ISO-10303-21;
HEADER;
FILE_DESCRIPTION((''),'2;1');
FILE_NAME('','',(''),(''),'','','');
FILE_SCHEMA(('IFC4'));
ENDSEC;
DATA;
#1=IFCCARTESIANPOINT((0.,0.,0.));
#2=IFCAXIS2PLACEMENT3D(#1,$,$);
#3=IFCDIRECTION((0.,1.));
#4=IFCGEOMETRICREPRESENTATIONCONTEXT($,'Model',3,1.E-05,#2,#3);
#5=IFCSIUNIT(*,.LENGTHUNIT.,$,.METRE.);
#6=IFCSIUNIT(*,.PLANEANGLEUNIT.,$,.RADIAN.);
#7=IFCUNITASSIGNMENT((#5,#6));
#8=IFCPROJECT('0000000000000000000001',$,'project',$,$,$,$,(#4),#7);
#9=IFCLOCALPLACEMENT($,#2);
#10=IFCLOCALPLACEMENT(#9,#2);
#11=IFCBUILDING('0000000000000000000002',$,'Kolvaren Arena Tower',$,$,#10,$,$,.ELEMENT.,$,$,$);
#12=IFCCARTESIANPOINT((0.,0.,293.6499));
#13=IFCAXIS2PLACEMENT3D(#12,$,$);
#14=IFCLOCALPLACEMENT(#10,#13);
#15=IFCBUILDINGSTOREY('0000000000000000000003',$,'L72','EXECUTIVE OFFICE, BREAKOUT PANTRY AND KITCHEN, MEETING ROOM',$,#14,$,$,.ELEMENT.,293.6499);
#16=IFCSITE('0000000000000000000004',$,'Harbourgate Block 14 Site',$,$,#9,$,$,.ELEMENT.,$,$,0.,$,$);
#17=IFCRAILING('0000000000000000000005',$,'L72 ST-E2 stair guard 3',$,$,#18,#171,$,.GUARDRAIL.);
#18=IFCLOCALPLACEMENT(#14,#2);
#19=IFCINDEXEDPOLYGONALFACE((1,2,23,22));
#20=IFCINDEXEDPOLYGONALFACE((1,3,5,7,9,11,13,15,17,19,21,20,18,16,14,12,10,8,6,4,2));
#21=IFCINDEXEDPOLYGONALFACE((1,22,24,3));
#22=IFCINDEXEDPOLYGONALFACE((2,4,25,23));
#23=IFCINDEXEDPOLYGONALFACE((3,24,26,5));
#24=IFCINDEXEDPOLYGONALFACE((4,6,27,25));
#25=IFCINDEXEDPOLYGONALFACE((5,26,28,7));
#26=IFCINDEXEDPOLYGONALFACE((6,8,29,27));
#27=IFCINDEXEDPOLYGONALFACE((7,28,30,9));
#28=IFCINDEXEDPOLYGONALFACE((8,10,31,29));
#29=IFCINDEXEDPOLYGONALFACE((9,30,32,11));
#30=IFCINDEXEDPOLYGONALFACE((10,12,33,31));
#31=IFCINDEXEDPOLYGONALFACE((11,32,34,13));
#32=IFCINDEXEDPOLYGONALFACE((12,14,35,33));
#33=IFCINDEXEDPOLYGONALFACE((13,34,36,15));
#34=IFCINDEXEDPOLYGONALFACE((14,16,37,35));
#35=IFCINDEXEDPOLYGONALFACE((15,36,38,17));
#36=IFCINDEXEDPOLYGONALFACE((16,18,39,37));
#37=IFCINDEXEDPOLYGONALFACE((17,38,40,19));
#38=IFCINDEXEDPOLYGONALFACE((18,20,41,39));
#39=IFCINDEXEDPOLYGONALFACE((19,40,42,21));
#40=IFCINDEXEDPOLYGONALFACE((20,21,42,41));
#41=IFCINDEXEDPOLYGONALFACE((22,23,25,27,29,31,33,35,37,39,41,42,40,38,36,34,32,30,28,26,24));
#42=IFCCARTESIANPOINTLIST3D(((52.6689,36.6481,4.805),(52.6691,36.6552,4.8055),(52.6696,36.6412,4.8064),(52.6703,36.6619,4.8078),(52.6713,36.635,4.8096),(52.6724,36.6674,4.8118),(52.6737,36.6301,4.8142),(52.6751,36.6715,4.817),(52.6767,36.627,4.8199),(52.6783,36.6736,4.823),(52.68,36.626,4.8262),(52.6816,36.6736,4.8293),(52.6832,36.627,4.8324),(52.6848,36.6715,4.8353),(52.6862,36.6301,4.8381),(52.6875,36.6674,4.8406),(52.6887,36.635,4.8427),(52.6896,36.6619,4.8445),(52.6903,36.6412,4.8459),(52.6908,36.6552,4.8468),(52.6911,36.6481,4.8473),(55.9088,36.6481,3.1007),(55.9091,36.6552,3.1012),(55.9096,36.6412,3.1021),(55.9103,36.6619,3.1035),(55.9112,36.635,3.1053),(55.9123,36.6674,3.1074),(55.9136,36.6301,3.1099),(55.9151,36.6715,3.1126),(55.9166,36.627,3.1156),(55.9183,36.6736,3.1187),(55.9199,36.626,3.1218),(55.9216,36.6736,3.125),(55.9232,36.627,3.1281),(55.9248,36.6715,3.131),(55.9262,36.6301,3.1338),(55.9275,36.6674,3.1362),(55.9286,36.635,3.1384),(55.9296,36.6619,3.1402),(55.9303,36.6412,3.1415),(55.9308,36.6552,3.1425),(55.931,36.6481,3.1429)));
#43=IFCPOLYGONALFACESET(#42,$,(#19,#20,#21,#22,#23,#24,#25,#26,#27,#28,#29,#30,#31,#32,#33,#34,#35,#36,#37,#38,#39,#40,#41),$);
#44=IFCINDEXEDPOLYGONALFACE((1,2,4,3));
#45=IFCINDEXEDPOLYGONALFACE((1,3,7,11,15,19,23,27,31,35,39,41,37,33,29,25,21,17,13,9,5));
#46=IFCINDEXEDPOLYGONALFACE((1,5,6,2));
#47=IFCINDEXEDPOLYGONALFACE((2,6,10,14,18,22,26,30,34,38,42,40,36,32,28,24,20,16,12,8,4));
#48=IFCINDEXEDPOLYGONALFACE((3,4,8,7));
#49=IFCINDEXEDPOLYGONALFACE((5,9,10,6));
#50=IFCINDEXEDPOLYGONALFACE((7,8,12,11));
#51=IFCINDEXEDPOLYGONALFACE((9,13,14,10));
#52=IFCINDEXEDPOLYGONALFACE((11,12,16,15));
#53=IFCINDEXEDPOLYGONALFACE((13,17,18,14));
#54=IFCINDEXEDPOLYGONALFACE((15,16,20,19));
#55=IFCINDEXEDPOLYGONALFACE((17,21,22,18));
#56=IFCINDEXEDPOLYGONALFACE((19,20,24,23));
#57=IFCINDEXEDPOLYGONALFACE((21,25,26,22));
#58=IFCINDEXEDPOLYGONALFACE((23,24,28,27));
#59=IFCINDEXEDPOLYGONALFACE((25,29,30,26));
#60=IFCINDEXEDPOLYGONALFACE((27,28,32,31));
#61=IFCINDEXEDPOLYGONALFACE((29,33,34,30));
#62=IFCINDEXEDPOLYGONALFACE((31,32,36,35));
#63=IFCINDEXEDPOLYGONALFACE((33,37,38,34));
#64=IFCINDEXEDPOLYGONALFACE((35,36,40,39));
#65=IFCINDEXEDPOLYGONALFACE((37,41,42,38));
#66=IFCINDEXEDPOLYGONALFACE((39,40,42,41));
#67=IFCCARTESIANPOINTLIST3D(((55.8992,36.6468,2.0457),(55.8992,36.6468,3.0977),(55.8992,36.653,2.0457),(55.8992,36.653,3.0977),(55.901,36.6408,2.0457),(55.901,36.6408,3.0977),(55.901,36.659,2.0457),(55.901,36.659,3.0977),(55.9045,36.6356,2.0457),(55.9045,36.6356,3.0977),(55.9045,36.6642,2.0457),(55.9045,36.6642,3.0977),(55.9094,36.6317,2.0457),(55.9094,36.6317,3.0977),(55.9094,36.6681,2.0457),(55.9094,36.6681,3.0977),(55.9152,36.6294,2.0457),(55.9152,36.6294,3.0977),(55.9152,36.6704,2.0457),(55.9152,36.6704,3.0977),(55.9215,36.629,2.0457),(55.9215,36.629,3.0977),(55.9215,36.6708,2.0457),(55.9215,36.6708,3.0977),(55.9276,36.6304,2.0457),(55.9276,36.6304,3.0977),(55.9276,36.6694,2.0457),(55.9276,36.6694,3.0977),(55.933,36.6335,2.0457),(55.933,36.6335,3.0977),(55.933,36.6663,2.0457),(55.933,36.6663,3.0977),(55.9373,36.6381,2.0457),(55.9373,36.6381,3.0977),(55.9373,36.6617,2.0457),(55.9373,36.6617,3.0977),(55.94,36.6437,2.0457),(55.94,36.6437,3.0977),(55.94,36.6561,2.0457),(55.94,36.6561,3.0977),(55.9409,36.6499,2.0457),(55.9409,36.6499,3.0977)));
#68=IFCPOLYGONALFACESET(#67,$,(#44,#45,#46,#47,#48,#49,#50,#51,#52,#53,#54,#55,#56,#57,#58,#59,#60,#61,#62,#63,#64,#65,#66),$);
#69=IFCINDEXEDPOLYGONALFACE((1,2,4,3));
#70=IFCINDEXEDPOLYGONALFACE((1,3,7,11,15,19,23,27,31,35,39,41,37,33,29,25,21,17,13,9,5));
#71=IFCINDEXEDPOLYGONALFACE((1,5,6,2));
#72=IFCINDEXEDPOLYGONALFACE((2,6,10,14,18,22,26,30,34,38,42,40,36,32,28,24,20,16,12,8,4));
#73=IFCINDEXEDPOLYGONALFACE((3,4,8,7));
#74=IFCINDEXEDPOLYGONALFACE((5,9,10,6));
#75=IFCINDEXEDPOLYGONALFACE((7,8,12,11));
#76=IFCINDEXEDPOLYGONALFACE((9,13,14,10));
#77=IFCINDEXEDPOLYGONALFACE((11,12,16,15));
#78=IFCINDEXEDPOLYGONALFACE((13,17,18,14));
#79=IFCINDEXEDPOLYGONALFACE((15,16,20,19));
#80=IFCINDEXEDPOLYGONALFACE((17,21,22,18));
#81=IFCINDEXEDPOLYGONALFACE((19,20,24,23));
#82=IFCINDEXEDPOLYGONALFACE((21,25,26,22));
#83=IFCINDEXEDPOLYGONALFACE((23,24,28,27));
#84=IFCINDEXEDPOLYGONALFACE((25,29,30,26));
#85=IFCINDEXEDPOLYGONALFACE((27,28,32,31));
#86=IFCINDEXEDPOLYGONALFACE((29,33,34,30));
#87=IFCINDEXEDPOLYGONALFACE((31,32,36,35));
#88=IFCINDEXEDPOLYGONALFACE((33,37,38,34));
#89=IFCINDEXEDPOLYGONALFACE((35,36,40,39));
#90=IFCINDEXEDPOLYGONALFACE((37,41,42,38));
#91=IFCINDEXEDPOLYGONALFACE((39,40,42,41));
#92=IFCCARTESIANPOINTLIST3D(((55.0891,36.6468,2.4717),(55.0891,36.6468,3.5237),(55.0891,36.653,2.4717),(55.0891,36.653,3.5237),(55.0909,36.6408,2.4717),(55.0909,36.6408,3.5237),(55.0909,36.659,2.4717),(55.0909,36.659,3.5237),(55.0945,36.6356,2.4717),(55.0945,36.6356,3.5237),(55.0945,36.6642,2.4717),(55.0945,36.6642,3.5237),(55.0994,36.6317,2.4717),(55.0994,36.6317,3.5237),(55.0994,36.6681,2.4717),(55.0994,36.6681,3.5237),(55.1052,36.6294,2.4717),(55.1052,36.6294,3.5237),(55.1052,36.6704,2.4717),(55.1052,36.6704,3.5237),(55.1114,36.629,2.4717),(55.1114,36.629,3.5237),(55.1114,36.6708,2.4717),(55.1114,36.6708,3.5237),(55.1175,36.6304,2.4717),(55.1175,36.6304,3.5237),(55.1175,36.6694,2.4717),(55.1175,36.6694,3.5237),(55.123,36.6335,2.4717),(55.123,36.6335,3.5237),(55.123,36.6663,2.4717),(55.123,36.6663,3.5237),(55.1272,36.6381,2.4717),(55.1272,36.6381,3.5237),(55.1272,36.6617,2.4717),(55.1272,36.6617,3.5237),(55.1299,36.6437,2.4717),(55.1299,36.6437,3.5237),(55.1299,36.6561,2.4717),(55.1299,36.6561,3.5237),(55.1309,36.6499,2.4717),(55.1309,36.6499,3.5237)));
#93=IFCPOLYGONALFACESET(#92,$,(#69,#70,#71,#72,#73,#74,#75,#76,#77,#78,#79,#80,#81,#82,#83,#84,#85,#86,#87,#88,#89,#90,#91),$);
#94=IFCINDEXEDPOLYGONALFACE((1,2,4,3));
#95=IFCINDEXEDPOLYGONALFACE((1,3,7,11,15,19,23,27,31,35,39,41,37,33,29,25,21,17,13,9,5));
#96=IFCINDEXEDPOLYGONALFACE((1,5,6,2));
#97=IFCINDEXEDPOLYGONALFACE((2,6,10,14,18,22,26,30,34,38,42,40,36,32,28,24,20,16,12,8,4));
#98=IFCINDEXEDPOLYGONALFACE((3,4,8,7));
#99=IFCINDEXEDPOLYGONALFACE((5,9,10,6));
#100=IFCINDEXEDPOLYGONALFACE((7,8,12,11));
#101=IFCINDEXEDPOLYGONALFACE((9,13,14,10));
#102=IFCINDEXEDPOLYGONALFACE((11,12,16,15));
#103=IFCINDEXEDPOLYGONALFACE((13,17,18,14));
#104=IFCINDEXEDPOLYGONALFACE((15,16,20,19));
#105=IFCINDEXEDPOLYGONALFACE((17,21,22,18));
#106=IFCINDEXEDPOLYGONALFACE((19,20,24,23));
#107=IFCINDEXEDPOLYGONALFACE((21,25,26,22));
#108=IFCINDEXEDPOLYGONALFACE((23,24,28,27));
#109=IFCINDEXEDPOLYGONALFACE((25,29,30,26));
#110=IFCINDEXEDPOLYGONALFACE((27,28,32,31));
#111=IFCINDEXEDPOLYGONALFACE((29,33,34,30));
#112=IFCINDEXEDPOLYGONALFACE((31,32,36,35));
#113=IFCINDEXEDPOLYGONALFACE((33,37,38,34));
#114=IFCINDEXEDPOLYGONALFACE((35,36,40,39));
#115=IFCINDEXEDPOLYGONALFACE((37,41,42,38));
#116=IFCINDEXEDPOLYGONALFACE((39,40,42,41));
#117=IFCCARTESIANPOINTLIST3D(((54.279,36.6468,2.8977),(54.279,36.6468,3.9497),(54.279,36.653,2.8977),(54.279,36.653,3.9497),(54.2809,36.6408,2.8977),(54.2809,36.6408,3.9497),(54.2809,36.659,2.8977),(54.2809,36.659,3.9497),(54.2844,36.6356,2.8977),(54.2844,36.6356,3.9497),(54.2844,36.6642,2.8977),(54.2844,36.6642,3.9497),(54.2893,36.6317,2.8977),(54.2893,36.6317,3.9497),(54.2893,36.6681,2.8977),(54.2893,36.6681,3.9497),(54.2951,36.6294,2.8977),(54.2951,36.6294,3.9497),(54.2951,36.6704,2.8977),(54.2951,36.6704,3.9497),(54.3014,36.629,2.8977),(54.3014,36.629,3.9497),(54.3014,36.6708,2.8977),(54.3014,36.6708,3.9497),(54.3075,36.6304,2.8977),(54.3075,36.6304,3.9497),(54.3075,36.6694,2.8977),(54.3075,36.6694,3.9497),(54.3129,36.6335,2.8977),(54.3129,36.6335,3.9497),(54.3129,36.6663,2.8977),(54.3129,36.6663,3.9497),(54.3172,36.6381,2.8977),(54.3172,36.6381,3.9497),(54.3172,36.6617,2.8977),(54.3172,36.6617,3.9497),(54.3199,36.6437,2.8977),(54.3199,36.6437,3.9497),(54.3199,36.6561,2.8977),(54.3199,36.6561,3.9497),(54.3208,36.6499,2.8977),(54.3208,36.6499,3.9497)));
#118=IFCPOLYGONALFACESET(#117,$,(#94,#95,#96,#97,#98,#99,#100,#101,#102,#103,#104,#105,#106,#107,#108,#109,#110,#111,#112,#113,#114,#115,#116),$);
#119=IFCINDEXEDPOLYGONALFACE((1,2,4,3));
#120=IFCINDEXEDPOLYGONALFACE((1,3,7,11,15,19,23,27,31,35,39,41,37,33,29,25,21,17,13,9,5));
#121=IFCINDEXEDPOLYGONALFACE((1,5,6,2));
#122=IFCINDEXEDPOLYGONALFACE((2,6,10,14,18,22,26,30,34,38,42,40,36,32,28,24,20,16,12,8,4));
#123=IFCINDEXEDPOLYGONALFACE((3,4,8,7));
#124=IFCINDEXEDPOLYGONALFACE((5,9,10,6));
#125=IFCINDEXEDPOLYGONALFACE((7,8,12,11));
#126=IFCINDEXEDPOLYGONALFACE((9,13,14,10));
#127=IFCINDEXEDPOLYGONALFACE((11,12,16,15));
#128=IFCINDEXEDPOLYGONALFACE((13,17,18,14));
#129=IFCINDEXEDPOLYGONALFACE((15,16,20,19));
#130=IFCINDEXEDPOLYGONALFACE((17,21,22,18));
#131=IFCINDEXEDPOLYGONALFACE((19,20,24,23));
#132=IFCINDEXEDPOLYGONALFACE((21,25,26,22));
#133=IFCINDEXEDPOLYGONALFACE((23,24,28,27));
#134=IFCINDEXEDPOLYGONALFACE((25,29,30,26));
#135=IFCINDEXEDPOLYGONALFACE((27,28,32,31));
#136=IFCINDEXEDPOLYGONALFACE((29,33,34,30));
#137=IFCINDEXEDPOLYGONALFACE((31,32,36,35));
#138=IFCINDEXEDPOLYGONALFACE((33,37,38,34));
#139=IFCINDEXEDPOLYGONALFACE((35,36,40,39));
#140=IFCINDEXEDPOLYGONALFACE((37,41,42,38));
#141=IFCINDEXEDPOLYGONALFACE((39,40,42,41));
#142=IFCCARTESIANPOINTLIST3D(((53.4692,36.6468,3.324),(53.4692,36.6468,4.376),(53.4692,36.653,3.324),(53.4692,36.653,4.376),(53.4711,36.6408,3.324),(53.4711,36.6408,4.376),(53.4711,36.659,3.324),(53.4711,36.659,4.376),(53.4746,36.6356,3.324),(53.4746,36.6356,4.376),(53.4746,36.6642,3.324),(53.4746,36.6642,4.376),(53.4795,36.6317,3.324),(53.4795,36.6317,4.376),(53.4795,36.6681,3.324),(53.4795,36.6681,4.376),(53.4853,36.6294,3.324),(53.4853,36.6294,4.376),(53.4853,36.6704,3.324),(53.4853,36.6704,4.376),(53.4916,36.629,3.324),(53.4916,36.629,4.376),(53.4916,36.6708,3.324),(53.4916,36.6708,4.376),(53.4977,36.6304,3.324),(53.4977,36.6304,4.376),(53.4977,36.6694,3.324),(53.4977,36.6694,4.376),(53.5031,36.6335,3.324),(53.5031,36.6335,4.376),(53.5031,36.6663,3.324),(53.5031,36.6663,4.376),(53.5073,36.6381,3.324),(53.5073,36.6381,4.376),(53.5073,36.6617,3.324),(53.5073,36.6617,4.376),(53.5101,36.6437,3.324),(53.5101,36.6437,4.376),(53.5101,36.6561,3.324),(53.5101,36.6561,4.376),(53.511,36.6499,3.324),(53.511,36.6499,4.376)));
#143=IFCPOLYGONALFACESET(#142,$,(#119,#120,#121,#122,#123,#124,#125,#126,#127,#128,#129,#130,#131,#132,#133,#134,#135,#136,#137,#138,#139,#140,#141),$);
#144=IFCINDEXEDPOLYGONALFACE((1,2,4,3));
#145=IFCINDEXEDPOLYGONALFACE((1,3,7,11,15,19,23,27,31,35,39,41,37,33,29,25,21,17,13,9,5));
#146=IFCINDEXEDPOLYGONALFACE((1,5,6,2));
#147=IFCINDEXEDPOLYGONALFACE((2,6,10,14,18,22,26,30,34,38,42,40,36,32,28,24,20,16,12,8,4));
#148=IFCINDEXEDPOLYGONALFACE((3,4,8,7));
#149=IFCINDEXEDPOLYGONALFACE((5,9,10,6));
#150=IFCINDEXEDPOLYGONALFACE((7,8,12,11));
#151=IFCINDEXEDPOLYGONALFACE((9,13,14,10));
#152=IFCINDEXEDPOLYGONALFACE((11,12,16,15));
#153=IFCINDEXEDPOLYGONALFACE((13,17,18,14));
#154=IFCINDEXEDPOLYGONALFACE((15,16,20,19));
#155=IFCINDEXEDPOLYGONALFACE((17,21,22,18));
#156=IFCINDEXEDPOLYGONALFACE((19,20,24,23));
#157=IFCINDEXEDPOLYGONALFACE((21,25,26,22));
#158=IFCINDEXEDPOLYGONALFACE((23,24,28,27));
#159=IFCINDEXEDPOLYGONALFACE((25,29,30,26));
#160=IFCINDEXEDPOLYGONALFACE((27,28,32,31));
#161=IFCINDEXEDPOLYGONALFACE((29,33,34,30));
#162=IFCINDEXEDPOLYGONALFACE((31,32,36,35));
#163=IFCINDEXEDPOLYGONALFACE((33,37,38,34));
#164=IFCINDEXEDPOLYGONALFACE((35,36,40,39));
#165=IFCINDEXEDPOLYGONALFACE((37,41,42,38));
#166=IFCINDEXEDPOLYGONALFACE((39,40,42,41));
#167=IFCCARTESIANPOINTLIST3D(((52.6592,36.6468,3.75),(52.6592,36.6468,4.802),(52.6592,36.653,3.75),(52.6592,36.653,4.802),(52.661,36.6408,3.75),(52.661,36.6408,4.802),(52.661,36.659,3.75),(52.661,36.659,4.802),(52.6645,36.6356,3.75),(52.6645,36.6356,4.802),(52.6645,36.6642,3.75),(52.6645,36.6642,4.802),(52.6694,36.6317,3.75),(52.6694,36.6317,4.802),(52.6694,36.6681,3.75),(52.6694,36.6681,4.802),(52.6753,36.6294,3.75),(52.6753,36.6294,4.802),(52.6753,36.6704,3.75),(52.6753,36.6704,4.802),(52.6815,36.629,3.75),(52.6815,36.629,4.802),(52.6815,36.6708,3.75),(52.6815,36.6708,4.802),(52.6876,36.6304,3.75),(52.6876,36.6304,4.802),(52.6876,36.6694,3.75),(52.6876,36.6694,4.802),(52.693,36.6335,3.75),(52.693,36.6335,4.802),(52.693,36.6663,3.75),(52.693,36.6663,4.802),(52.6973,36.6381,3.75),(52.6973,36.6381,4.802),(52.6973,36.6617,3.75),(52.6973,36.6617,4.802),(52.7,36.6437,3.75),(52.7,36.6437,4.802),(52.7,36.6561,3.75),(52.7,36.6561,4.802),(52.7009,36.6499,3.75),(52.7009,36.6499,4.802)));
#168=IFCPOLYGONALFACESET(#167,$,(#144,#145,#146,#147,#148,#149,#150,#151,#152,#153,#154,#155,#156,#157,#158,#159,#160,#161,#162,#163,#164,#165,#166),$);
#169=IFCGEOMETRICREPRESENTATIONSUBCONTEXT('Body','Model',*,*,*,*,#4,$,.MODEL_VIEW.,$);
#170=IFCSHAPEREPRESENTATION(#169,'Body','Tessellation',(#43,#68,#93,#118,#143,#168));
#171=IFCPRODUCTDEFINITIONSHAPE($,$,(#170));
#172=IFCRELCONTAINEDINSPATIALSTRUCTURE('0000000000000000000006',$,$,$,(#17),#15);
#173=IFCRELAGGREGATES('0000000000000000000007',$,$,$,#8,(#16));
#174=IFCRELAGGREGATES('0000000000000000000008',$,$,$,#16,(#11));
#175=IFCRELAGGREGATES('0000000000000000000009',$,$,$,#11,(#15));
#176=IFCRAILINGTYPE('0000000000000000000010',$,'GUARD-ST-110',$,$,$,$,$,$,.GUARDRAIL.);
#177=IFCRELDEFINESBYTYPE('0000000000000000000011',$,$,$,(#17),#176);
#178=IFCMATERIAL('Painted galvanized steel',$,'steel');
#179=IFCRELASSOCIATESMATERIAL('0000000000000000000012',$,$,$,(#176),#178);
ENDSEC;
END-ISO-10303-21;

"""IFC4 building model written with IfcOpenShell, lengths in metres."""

from ifc_helpers import new_model, si_unit, direction, frame, origin, origin_2d, place, context, subcontext, project, spatial, circle, extrude, material, type_object, element, save


model = new_model("IFC4")

# Units and contexts
model_context = context("Model", 3, precision=1e-05, world=origin(), true_north=direction((0.0, 1.0)))
body_context = subcontext(model_context, "Body", "Model", "MODEL_VIEW")
ifc_project = project(units=[si_unit("LENGTHUNIT", "METRE"), si_unit("PLANEANGLEUNIT", "RADIAN")], contexts=[model_context])

# Site, building, storey
site_placement = place(None, origin())
site = spatial("IfcSite", under=ifc_project, at=site_placement, Name="Harbourgate Block 14 Site", CompositionType="ELEMENT", RefElevation=0.0)
building_placement = place(site_placement, origin())
building = spatial("IfcBuilding", under=site, at=building_placement, Name="Kolvaren Arena Tower", CompositionType="ELEMENT")
storey_placement = place(building_placement, frame((0.0, 0.0, 293.6499)))
storey = spatial("IfcBuildingStorey", under=building, at=storey_placement, Name="L72", Description="EXECUTIVE OFFICE, BREAKOUT PANTRY AND KITCHEN, MEETING ROOM", CompositionType="ELEMENT", Elevation=293.6499)

# Railing
ifc_material_1 = material(Name="Painted galvanized steel", Category="steel")
railing_type_1 = type_object("IfcRailingType", Name="GUARD-ST-110", PredefinedType="GUARDRAIL", material=ifc_material_1)
railing_1_placement = place(storey_placement, frame((55.9199, 36.6499, 2.0457)))
element("IfcRailing", 1, at=railing_1_placement, inside=storey, type_object=railing_type_1, Name="L72 ST-E2 stair guard 3", PredefinedType="GUARDRAIL", context=body_context, shape_type="SweptSolid", body=[
    extrude(circle(Radius=0.0239, at=origin_2d()), frame((0.0, 0.0, 1.0762), z_axis=(-0.885021, 0.0, 0.465551), x_axis=(0.0, -1.0, 0.0)), (0.0, 0.0, 1.0), 3.6609),
    extrude(circle(Radius=0.021, at=origin_2d()), origin(), (0.0, 0.0, 1.0), 1.052),
    extrude(circle(Radius=0.021, at=origin_2d()), frame((-0.8101, 0.0, 0.426)), (0.0, 0.0, 1.0), 1.052),
    extrude(circle(Radius=0.021, at=origin_2d()), frame((-1.6201, 0.0, 0.8521)), (0.0, 0.0, 1.0), 1.052),
    extrude(circle(Radius=0.021, at=origin_2d()), frame((-2.4299, 0.0, 1.2783)), (0.0, 0.0, 1.0), 1.052),
    extrude(circle(Radius=0.021, at=origin_2d()), frame((-3.24, 0.0, 1.7043)), (0.0, 0.0, 1.0), 1.052),
])

save(model, "model.ifc")
